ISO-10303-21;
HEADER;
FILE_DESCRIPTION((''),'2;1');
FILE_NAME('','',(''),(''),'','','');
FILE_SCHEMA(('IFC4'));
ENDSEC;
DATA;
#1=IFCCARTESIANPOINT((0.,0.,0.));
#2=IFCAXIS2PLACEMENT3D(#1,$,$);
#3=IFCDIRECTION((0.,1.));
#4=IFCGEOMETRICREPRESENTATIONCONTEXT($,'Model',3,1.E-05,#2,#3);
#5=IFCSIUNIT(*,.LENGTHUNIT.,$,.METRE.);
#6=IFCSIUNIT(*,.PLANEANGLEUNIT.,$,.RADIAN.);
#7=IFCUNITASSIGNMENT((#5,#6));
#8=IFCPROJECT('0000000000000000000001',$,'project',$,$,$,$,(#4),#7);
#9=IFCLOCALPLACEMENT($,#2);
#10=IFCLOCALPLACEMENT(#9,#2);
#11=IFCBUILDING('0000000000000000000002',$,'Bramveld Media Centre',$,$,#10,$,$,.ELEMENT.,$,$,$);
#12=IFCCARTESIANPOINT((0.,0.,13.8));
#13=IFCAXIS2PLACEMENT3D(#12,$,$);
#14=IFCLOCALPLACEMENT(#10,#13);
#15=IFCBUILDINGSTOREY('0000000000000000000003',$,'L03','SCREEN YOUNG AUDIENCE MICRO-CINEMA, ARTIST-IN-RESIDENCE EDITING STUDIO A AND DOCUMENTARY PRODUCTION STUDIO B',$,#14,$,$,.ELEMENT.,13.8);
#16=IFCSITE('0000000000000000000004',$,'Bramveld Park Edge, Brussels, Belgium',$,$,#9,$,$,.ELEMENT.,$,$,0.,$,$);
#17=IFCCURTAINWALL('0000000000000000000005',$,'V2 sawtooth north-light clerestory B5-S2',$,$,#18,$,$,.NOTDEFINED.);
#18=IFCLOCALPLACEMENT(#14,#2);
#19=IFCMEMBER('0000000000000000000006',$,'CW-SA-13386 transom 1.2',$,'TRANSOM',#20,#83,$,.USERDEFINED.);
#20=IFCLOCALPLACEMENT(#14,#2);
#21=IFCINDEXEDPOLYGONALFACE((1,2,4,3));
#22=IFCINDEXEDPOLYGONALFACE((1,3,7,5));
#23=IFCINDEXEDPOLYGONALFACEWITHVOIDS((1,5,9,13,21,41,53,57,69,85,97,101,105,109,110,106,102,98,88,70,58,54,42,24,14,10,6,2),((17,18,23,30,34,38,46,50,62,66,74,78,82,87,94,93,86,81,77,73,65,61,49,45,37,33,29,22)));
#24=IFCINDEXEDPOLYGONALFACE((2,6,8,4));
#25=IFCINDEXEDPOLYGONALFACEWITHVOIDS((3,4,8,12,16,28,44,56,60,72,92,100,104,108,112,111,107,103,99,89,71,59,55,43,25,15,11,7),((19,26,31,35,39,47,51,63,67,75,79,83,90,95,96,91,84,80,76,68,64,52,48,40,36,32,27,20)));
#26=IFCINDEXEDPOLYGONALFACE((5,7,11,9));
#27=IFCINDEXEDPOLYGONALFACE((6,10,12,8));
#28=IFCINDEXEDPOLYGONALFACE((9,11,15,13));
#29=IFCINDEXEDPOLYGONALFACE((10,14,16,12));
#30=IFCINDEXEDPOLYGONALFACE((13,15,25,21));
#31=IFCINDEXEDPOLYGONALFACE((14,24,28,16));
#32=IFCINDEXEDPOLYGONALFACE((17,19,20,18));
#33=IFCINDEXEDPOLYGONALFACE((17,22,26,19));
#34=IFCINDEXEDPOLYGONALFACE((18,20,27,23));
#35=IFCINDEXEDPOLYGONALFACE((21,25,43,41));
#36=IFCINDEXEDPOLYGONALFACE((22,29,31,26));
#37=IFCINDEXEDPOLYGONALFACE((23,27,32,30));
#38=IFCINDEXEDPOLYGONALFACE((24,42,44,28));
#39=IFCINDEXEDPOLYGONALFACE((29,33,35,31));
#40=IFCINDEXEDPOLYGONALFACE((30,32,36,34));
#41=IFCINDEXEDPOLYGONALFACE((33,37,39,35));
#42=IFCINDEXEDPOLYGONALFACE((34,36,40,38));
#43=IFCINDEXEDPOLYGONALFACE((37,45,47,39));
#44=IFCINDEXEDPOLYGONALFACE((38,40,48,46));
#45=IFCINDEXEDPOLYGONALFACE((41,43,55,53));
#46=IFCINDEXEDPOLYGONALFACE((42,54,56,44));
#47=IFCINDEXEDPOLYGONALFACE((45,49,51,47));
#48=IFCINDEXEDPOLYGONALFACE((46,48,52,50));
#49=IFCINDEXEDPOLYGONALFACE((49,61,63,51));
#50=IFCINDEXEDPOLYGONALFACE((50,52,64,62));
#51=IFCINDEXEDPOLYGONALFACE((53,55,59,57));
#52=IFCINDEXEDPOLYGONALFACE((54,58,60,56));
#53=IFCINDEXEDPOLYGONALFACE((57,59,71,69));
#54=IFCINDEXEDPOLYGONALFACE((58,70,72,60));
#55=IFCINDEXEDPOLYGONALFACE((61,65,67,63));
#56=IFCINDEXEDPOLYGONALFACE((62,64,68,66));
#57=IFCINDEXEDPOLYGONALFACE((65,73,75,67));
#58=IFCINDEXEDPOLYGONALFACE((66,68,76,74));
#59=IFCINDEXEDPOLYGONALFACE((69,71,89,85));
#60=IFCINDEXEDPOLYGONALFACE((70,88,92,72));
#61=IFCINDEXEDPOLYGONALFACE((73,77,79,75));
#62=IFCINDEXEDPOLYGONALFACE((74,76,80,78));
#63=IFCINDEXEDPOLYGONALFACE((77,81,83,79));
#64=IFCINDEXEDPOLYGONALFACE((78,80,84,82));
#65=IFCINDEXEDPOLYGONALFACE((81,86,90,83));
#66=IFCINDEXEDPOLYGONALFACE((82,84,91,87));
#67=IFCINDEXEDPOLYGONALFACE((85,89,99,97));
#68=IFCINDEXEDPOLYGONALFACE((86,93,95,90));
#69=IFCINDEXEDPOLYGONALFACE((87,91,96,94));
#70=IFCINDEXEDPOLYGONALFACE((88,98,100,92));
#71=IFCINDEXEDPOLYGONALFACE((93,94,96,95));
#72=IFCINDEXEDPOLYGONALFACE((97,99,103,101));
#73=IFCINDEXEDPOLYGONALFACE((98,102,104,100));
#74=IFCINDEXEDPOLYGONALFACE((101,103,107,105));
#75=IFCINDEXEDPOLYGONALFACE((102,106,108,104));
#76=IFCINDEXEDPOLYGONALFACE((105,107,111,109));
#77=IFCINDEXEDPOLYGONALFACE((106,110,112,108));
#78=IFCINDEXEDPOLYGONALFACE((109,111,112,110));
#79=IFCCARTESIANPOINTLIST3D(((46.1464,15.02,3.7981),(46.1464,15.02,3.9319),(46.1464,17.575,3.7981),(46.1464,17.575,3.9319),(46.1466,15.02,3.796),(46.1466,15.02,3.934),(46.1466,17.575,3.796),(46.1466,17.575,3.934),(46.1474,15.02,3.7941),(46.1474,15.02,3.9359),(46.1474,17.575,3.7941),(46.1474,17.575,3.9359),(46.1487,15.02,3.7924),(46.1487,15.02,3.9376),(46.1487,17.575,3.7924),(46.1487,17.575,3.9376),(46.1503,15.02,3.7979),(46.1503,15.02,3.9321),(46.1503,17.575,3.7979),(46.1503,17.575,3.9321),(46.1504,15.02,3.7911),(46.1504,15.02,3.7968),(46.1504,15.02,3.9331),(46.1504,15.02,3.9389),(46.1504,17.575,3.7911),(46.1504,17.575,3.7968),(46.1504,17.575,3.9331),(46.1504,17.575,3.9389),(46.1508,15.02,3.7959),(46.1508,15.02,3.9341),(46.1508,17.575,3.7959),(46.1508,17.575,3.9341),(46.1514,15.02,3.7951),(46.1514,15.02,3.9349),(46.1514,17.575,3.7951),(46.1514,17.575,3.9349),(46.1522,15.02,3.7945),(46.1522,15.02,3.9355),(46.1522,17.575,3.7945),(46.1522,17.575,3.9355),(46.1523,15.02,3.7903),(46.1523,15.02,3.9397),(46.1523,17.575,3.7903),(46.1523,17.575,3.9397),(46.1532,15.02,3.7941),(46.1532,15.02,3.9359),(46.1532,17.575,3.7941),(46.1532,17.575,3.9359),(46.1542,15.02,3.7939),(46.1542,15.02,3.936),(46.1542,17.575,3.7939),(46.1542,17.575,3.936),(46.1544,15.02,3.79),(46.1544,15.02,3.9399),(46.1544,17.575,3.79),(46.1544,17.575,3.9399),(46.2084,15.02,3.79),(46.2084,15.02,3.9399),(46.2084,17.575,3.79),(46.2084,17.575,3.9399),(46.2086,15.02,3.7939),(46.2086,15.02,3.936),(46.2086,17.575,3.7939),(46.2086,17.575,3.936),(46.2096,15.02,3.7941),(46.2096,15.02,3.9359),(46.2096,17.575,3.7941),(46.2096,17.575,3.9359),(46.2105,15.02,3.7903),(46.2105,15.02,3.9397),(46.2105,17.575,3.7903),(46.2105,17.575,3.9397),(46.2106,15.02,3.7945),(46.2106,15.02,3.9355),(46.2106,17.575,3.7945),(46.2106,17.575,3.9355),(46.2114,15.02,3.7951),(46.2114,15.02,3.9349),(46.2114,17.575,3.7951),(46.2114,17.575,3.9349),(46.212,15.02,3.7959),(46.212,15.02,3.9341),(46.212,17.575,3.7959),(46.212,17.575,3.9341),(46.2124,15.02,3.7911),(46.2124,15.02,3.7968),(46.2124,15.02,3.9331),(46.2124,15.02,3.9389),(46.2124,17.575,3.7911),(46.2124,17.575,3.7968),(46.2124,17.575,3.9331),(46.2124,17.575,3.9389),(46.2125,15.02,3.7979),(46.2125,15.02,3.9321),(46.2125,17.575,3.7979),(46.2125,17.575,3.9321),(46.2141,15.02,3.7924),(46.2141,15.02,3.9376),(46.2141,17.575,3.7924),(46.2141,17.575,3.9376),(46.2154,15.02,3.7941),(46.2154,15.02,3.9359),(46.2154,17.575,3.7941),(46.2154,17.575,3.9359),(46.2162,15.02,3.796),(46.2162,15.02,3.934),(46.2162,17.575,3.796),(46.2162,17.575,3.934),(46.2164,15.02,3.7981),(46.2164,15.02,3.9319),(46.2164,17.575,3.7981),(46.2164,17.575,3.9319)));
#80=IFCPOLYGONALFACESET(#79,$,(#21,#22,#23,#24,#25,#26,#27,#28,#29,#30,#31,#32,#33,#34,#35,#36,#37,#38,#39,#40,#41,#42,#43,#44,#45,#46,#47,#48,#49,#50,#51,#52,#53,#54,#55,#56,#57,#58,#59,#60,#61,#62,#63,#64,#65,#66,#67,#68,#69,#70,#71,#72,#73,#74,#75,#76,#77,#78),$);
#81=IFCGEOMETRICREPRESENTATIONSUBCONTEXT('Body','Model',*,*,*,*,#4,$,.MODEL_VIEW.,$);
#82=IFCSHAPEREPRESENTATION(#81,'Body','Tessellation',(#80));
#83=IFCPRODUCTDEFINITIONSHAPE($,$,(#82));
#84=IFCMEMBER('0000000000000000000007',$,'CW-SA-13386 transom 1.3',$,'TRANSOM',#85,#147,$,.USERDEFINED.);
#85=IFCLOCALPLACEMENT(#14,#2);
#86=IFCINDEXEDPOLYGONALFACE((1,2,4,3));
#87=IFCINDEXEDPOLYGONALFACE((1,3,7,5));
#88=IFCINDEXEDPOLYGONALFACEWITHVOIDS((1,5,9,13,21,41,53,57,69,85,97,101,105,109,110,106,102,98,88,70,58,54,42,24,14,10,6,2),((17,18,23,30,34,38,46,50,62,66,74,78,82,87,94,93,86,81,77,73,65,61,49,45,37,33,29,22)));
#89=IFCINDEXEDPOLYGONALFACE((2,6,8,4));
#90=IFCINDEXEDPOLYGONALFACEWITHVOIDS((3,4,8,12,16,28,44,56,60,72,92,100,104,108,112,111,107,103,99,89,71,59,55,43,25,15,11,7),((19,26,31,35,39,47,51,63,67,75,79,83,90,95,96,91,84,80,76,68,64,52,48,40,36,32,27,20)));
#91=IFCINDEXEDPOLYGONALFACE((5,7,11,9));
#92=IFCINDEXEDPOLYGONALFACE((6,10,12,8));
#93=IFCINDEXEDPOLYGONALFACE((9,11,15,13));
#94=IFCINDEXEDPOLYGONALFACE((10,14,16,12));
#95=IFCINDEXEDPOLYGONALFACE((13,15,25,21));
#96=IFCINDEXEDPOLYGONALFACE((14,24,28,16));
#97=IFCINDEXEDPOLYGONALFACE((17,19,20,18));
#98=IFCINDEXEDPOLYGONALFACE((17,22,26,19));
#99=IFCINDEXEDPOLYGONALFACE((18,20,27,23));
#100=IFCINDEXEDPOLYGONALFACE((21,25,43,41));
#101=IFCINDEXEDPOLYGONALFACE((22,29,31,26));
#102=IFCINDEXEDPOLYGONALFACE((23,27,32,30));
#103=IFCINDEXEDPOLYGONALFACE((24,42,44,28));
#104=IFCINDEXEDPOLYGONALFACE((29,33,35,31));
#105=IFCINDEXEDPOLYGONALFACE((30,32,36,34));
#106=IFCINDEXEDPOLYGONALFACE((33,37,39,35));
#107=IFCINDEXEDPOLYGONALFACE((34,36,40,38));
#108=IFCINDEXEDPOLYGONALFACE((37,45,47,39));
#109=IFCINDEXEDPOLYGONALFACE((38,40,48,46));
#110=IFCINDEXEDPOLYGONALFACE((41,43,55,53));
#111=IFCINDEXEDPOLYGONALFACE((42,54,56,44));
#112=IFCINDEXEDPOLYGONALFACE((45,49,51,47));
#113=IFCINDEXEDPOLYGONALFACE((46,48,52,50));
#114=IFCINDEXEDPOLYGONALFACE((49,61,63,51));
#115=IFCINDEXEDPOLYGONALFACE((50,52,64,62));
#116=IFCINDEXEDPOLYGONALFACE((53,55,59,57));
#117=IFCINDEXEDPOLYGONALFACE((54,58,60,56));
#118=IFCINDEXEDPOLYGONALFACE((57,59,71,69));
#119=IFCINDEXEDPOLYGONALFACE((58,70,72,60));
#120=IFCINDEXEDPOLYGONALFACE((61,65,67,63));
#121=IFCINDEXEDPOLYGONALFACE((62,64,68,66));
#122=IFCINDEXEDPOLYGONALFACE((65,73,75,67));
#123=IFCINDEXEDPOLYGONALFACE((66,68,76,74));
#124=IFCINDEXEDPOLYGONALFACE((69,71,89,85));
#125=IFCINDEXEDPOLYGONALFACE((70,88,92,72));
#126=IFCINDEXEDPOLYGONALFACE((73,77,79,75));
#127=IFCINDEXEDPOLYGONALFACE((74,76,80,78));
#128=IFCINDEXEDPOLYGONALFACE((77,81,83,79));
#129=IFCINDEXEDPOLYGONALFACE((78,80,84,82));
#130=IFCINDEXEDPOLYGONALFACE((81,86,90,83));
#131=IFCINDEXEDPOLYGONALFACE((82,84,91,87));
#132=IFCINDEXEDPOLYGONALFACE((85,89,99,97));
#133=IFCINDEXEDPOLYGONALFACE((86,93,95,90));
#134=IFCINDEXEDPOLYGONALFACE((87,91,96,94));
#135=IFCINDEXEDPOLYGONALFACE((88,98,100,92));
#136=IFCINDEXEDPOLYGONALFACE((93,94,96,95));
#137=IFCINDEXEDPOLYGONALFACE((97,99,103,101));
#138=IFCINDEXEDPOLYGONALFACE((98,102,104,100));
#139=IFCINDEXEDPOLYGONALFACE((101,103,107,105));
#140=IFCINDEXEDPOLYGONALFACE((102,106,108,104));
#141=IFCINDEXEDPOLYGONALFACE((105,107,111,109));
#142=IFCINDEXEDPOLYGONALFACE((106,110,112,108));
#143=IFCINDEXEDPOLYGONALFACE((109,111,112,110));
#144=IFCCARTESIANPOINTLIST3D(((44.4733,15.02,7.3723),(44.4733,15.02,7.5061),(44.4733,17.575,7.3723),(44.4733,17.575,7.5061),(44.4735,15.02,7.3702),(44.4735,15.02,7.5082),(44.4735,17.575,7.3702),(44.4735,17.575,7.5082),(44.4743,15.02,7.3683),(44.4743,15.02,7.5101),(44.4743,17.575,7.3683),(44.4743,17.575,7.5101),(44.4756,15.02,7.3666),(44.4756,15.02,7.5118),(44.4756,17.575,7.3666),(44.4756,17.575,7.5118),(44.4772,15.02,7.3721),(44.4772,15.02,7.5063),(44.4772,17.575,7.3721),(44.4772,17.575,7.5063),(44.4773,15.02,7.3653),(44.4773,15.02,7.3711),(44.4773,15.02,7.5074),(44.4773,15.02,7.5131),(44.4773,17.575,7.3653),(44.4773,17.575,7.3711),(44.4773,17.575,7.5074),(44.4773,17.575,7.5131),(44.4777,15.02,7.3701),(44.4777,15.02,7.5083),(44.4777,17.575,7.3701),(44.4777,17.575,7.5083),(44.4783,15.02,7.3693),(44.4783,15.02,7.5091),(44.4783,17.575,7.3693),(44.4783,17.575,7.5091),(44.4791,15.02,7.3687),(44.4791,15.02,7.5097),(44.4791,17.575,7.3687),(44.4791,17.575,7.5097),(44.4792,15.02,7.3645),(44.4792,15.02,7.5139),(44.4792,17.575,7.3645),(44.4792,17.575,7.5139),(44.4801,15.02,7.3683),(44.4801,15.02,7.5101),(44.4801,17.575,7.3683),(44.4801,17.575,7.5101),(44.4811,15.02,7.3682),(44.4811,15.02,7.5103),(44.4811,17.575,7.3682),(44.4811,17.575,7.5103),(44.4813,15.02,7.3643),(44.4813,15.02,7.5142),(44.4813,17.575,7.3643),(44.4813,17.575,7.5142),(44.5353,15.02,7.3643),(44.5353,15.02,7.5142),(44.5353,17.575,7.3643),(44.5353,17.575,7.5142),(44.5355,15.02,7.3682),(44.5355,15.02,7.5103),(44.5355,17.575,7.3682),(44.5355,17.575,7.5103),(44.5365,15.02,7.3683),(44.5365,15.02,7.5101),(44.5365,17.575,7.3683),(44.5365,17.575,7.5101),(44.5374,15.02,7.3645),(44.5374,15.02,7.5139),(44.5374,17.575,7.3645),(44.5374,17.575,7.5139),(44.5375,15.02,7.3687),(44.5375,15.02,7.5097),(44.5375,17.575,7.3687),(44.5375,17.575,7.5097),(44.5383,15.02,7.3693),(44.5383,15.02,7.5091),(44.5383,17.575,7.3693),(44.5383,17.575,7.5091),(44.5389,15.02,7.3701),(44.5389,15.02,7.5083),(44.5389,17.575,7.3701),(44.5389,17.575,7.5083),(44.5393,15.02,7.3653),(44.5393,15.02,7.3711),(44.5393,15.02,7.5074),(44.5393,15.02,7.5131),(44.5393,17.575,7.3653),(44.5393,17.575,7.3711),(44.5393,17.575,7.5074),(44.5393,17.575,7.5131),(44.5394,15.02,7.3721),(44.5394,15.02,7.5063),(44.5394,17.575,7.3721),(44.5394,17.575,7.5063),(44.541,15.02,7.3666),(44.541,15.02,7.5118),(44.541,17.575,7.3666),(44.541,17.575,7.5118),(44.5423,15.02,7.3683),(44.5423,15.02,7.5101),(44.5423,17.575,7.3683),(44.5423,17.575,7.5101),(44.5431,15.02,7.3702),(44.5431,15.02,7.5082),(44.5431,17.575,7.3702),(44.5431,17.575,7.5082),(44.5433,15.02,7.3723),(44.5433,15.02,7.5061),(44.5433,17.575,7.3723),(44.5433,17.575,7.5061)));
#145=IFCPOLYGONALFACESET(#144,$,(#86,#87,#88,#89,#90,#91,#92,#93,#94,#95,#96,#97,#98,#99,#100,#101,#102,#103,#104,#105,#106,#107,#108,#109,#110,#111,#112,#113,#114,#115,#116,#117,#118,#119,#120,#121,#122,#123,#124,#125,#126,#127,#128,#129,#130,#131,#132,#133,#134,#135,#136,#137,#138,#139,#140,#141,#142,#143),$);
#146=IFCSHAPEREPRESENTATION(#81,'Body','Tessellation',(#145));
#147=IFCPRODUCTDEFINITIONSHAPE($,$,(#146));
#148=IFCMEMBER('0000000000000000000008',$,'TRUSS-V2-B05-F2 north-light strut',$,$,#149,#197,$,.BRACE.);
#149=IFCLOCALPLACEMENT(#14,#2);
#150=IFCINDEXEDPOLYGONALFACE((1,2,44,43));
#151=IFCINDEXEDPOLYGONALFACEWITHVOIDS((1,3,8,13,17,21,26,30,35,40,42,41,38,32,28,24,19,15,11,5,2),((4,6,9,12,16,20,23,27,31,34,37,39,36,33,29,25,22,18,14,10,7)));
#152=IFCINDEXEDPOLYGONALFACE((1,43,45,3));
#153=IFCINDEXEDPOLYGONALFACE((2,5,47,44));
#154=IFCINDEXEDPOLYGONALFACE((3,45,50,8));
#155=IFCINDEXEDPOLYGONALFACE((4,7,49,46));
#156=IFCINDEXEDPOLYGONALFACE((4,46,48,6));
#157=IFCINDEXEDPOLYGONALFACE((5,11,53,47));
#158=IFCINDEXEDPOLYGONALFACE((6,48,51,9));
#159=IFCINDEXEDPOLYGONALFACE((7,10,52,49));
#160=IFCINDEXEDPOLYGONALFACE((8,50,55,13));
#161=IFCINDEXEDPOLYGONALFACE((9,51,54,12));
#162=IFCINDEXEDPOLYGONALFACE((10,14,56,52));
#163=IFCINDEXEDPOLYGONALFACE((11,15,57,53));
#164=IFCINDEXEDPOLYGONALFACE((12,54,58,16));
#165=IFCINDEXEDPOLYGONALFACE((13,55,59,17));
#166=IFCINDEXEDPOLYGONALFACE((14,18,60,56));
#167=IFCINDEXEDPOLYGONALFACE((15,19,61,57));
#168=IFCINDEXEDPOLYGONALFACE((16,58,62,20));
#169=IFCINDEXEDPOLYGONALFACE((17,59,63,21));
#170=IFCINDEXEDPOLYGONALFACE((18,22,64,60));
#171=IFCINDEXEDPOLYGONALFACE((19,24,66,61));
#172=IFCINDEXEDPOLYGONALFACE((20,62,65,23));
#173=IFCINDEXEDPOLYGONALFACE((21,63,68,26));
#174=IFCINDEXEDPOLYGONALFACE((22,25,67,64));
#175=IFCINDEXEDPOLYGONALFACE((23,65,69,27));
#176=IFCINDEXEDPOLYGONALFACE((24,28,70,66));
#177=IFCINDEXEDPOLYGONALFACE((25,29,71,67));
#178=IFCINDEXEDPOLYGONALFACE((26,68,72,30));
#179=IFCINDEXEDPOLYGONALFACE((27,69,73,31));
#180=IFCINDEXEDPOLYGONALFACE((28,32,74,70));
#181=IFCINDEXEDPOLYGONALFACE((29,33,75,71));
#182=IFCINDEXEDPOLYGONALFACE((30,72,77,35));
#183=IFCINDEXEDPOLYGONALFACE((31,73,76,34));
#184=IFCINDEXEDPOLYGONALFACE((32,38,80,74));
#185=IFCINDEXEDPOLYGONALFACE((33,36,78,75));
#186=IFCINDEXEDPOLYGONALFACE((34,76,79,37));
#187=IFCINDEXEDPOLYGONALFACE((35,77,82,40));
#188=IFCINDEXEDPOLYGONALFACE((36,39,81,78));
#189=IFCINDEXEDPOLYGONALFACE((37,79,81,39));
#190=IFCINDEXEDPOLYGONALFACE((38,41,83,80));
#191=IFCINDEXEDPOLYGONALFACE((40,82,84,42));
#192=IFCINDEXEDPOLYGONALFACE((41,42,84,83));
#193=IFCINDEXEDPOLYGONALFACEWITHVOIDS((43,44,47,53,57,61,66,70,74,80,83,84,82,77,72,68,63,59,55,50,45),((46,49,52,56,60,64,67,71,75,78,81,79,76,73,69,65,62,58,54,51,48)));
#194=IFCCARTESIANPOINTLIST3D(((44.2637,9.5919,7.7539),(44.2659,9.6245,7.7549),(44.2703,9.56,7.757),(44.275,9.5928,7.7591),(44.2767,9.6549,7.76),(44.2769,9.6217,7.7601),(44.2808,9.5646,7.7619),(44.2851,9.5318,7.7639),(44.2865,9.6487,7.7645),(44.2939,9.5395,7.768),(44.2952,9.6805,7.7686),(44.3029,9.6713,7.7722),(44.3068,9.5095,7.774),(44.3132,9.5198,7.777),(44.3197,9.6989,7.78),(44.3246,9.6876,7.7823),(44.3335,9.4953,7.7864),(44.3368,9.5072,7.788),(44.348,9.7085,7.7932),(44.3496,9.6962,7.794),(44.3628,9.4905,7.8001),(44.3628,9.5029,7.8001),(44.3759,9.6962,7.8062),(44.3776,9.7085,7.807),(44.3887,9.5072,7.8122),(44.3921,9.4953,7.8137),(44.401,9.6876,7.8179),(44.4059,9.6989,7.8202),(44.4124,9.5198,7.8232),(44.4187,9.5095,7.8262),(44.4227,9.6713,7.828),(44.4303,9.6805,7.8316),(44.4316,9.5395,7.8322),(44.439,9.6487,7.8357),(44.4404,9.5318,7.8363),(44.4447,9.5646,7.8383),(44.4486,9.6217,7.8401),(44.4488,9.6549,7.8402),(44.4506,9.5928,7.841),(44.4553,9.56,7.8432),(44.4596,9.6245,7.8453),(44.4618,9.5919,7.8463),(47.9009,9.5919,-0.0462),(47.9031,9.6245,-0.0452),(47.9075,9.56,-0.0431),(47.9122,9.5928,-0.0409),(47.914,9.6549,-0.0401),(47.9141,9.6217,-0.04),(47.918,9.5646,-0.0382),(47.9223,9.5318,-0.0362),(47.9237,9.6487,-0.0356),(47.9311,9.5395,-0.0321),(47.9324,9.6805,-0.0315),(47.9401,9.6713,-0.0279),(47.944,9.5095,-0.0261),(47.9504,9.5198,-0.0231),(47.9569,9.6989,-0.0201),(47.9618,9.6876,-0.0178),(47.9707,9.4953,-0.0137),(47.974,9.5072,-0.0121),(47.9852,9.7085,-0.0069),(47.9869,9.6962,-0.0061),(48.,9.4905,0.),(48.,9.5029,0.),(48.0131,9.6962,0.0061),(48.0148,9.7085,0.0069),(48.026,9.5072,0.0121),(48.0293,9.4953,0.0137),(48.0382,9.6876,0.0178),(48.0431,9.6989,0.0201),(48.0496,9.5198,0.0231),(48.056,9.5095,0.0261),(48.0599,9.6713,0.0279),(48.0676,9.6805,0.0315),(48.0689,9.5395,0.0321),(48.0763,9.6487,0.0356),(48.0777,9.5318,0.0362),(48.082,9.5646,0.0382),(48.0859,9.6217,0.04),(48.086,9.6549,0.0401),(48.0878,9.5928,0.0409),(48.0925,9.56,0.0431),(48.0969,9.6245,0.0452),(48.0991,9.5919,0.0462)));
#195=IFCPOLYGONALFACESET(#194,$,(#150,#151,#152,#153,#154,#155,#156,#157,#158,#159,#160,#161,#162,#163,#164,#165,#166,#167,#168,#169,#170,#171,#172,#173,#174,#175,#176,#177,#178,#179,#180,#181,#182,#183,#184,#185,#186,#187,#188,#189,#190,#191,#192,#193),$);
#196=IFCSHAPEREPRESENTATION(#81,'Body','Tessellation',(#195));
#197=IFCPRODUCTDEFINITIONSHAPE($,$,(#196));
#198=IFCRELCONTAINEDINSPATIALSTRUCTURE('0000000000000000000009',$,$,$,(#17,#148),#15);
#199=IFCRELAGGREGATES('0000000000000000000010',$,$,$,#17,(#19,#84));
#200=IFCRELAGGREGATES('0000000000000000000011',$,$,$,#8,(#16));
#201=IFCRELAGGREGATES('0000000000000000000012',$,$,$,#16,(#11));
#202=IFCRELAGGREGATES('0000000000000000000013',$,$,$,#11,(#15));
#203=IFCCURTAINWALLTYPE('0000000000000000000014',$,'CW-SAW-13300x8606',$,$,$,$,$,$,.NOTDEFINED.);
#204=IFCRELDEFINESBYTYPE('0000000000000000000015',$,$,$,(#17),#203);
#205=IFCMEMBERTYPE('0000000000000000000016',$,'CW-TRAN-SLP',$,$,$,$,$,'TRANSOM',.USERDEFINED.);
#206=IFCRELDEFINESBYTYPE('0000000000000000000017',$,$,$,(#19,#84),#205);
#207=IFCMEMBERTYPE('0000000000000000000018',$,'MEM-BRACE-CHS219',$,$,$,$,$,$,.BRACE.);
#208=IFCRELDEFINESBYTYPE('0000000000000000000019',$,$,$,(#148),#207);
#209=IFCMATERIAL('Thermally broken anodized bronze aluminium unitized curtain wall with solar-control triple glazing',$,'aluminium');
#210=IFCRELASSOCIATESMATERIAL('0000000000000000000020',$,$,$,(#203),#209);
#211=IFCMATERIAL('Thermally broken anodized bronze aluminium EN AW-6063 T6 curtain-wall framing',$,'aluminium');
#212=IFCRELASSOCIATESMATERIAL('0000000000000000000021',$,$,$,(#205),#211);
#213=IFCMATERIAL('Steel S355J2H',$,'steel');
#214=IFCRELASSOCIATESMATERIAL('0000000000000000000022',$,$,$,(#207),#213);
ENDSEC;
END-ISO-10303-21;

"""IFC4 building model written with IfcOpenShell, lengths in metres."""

from ifc_helpers import new_model, si_unit, direction, frame, origin, origin_2d, place, context, subcontext, project, spatial, hollow_rectangle, hollow_circle, extrude, material, material_profile, profile_set, type_object, element, aggregate, save


model = new_model("IFC4")

# Units and contexts
model_context = context("Model", 3, precision=1e-05, world=origin(), true_north=direction((0.0, 1.0)))
body_context = subcontext(model_context, "Body", "Model", "MODEL_VIEW")
ifc_project = project(units=[si_unit("LENGTHUNIT", "METRE"), si_unit("PLANEANGLEUNIT", "RADIAN")], contexts=[model_context])

# Site, building, storey
site_placement = place(None, origin())
site = spatial("IfcSite", under=ifc_project, at=site_placement, Name="Bramveld Park Edge, Brussels, Belgium", CompositionType="ELEMENT", RefElevation=0.0)
building_placement = place(site_placement, origin())
building = spatial("IfcBuilding", under=site, at=building_placement, Name="Bramveld Media Centre", CompositionType="ELEMENT")
storey_placement = place(building_placement, frame((0.0, 0.0, 13.8)))
storey = spatial("IfcBuildingStorey", under=building, at=storey_placement, Name="L03", Description="SCREEN YOUNG AUDIENCE MICRO-CINEMA, ARTIST-IN-RESIDENCE EDITING STUDIO A AND DOCUMENTARY PRODUCTION STUDIO B", CompositionType="ELEMENT", Elevation=13.8)

# Curtain wall
ifc_material_1 = material(Name="Thermally broken anodized bronze aluminium unitized curtain wall with solar-control triple glazing", Category="aluminium")
curtain_wall_type = type_object("IfcCurtainWallType", Name="CW-SAW-13300x8606", PredefinedType="NOTDEFINED", material=ifc_material_1)
curtain_wall_1_placement = place(storey_placement, origin())
curtain_wall_1 = element("IfcCurtainWall", 1, at=curtain_wall_1_placement, inside=storey, type_object=curtain_wall_type, Name="V2 sawtooth north-light clerestory B5-S2", PredefinedType="NOTDEFINED")

# Members
ifc_material_2 = material(Name="Thermally broken anodized bronze aluminium EN AW-6063 T6 curtain-wall framing", Category="aluminium")
ifc_material_profile_1 = material_profile(ifc_material_2, hollow_rectangle(XDim=0.0701, YDim=0.1499, WallThickness=0.0039, InnerFilletRadius=0.0039, OuterFilletRadius=0.0081, at=origin_2d()), Name="AL-TRAN 70x150")
ifc_profile_set_1 = profile_set([ifc_material_profile_1], Name="Thermally broken anodized bronze aluminium EN AW-6063 T6 curtain-wall framing")
member_type_1 = type_object("IfcMemberType", Name="CW-TRAN-SLP", ElementType="TRANSOM", PredefinedType="USERDEFINED", material=ifc_profile_set_1)
member_1_placement = place(storey_placement, frame((46.1814, 15.02, 3.865), z_axis=(0.0, 1.0, 0.0), x_axis=(-1.0, 0.0, 0.0)))
member_1 = element("IfcMember", 2, at=member_1_placement, type_object=member_type_1, Name="CW-SA-13386 transom 1.2", ObjectType="TRANSOM", PredefinedType="USERDEFINED", context=body_context, shape_type="SweptSolid", body=[
    extrude(hollow_rectangle(XDim=0.0701, YDim=0.1499, WallThickness=0.0039, InnerFilletRadius=0.0039, OuterFilletRadius=0.0081, at=origin_2d()), origin(), (0.0, 0.0, 1.0), 2.5549),
])
member_2_placement = place(storey_placement, frame((44.5083, 15.02, 7.4392), z_axis=(0.0, 1.0, 0.0), x_axis=(-1.0, 0.0, 0.0)))
member_2 = element("IfcMember", 3, at=member_2_placement, type_object=member_type_1, Name="CW-SA-13386 transom 1.3", ObjectType="TRANSOM", PredefinedType="USERDEFINED", context=body_context, shape_type="SweptSolid", body=[
    extrude(hollow_rectangle(XDim=0.0701, YDim=0.1499, WallThickness=0.0039, InnerFilletRadius=0.0039, OuterFilletRadius=0.0081, at=origin_2d()), origin(), (0.0, 0.0, 1.0), 2.5549),
])

# Member
ifc_material_3 = material(Name="Steel S355J2H", Category="steel")
ifc_material_profile_2 = material_profile(ifc_material_3, hollow_circle(Radius=0.1096, WallThickness=0.0125, at=origin_2d()), Name="CHS 219.1x12.5")
ifc_profile_set_2 = profile_set([ifc_material_profile_2], Name="Steel S355J2H")
member_type_2 = type_object("IfcMemberType", Name="MEM-BRACE-CHS219", PredefinedType="BRACE", material=ifc_profile_set_2)
member_3_placement = place(storey_placement, frame((48.0, 9.6001, 0.0), z_axis=(-0.422617, 0.0, 0.906308), x_axis=(0.0, -1.0, 0.0)))
element("IfcMember", 4, at=member_3_placement, inside=storey, type_object=member_type_2, Name="TRUSS-V2-B05-F2 north-light strut", PredefinedType="BRACE", context=body_context, shape_type="SweptSolid", body=[
    extrude(hollow_circle(Radius=0.1096, WallThickness=0.0125, at=origin_2d()), origin(), (0.0, 0.0, 1.0), 8.6064),
])

aggregate(curtain_wall_1, [member_1, member_2])

save(model, "model.ifc")
